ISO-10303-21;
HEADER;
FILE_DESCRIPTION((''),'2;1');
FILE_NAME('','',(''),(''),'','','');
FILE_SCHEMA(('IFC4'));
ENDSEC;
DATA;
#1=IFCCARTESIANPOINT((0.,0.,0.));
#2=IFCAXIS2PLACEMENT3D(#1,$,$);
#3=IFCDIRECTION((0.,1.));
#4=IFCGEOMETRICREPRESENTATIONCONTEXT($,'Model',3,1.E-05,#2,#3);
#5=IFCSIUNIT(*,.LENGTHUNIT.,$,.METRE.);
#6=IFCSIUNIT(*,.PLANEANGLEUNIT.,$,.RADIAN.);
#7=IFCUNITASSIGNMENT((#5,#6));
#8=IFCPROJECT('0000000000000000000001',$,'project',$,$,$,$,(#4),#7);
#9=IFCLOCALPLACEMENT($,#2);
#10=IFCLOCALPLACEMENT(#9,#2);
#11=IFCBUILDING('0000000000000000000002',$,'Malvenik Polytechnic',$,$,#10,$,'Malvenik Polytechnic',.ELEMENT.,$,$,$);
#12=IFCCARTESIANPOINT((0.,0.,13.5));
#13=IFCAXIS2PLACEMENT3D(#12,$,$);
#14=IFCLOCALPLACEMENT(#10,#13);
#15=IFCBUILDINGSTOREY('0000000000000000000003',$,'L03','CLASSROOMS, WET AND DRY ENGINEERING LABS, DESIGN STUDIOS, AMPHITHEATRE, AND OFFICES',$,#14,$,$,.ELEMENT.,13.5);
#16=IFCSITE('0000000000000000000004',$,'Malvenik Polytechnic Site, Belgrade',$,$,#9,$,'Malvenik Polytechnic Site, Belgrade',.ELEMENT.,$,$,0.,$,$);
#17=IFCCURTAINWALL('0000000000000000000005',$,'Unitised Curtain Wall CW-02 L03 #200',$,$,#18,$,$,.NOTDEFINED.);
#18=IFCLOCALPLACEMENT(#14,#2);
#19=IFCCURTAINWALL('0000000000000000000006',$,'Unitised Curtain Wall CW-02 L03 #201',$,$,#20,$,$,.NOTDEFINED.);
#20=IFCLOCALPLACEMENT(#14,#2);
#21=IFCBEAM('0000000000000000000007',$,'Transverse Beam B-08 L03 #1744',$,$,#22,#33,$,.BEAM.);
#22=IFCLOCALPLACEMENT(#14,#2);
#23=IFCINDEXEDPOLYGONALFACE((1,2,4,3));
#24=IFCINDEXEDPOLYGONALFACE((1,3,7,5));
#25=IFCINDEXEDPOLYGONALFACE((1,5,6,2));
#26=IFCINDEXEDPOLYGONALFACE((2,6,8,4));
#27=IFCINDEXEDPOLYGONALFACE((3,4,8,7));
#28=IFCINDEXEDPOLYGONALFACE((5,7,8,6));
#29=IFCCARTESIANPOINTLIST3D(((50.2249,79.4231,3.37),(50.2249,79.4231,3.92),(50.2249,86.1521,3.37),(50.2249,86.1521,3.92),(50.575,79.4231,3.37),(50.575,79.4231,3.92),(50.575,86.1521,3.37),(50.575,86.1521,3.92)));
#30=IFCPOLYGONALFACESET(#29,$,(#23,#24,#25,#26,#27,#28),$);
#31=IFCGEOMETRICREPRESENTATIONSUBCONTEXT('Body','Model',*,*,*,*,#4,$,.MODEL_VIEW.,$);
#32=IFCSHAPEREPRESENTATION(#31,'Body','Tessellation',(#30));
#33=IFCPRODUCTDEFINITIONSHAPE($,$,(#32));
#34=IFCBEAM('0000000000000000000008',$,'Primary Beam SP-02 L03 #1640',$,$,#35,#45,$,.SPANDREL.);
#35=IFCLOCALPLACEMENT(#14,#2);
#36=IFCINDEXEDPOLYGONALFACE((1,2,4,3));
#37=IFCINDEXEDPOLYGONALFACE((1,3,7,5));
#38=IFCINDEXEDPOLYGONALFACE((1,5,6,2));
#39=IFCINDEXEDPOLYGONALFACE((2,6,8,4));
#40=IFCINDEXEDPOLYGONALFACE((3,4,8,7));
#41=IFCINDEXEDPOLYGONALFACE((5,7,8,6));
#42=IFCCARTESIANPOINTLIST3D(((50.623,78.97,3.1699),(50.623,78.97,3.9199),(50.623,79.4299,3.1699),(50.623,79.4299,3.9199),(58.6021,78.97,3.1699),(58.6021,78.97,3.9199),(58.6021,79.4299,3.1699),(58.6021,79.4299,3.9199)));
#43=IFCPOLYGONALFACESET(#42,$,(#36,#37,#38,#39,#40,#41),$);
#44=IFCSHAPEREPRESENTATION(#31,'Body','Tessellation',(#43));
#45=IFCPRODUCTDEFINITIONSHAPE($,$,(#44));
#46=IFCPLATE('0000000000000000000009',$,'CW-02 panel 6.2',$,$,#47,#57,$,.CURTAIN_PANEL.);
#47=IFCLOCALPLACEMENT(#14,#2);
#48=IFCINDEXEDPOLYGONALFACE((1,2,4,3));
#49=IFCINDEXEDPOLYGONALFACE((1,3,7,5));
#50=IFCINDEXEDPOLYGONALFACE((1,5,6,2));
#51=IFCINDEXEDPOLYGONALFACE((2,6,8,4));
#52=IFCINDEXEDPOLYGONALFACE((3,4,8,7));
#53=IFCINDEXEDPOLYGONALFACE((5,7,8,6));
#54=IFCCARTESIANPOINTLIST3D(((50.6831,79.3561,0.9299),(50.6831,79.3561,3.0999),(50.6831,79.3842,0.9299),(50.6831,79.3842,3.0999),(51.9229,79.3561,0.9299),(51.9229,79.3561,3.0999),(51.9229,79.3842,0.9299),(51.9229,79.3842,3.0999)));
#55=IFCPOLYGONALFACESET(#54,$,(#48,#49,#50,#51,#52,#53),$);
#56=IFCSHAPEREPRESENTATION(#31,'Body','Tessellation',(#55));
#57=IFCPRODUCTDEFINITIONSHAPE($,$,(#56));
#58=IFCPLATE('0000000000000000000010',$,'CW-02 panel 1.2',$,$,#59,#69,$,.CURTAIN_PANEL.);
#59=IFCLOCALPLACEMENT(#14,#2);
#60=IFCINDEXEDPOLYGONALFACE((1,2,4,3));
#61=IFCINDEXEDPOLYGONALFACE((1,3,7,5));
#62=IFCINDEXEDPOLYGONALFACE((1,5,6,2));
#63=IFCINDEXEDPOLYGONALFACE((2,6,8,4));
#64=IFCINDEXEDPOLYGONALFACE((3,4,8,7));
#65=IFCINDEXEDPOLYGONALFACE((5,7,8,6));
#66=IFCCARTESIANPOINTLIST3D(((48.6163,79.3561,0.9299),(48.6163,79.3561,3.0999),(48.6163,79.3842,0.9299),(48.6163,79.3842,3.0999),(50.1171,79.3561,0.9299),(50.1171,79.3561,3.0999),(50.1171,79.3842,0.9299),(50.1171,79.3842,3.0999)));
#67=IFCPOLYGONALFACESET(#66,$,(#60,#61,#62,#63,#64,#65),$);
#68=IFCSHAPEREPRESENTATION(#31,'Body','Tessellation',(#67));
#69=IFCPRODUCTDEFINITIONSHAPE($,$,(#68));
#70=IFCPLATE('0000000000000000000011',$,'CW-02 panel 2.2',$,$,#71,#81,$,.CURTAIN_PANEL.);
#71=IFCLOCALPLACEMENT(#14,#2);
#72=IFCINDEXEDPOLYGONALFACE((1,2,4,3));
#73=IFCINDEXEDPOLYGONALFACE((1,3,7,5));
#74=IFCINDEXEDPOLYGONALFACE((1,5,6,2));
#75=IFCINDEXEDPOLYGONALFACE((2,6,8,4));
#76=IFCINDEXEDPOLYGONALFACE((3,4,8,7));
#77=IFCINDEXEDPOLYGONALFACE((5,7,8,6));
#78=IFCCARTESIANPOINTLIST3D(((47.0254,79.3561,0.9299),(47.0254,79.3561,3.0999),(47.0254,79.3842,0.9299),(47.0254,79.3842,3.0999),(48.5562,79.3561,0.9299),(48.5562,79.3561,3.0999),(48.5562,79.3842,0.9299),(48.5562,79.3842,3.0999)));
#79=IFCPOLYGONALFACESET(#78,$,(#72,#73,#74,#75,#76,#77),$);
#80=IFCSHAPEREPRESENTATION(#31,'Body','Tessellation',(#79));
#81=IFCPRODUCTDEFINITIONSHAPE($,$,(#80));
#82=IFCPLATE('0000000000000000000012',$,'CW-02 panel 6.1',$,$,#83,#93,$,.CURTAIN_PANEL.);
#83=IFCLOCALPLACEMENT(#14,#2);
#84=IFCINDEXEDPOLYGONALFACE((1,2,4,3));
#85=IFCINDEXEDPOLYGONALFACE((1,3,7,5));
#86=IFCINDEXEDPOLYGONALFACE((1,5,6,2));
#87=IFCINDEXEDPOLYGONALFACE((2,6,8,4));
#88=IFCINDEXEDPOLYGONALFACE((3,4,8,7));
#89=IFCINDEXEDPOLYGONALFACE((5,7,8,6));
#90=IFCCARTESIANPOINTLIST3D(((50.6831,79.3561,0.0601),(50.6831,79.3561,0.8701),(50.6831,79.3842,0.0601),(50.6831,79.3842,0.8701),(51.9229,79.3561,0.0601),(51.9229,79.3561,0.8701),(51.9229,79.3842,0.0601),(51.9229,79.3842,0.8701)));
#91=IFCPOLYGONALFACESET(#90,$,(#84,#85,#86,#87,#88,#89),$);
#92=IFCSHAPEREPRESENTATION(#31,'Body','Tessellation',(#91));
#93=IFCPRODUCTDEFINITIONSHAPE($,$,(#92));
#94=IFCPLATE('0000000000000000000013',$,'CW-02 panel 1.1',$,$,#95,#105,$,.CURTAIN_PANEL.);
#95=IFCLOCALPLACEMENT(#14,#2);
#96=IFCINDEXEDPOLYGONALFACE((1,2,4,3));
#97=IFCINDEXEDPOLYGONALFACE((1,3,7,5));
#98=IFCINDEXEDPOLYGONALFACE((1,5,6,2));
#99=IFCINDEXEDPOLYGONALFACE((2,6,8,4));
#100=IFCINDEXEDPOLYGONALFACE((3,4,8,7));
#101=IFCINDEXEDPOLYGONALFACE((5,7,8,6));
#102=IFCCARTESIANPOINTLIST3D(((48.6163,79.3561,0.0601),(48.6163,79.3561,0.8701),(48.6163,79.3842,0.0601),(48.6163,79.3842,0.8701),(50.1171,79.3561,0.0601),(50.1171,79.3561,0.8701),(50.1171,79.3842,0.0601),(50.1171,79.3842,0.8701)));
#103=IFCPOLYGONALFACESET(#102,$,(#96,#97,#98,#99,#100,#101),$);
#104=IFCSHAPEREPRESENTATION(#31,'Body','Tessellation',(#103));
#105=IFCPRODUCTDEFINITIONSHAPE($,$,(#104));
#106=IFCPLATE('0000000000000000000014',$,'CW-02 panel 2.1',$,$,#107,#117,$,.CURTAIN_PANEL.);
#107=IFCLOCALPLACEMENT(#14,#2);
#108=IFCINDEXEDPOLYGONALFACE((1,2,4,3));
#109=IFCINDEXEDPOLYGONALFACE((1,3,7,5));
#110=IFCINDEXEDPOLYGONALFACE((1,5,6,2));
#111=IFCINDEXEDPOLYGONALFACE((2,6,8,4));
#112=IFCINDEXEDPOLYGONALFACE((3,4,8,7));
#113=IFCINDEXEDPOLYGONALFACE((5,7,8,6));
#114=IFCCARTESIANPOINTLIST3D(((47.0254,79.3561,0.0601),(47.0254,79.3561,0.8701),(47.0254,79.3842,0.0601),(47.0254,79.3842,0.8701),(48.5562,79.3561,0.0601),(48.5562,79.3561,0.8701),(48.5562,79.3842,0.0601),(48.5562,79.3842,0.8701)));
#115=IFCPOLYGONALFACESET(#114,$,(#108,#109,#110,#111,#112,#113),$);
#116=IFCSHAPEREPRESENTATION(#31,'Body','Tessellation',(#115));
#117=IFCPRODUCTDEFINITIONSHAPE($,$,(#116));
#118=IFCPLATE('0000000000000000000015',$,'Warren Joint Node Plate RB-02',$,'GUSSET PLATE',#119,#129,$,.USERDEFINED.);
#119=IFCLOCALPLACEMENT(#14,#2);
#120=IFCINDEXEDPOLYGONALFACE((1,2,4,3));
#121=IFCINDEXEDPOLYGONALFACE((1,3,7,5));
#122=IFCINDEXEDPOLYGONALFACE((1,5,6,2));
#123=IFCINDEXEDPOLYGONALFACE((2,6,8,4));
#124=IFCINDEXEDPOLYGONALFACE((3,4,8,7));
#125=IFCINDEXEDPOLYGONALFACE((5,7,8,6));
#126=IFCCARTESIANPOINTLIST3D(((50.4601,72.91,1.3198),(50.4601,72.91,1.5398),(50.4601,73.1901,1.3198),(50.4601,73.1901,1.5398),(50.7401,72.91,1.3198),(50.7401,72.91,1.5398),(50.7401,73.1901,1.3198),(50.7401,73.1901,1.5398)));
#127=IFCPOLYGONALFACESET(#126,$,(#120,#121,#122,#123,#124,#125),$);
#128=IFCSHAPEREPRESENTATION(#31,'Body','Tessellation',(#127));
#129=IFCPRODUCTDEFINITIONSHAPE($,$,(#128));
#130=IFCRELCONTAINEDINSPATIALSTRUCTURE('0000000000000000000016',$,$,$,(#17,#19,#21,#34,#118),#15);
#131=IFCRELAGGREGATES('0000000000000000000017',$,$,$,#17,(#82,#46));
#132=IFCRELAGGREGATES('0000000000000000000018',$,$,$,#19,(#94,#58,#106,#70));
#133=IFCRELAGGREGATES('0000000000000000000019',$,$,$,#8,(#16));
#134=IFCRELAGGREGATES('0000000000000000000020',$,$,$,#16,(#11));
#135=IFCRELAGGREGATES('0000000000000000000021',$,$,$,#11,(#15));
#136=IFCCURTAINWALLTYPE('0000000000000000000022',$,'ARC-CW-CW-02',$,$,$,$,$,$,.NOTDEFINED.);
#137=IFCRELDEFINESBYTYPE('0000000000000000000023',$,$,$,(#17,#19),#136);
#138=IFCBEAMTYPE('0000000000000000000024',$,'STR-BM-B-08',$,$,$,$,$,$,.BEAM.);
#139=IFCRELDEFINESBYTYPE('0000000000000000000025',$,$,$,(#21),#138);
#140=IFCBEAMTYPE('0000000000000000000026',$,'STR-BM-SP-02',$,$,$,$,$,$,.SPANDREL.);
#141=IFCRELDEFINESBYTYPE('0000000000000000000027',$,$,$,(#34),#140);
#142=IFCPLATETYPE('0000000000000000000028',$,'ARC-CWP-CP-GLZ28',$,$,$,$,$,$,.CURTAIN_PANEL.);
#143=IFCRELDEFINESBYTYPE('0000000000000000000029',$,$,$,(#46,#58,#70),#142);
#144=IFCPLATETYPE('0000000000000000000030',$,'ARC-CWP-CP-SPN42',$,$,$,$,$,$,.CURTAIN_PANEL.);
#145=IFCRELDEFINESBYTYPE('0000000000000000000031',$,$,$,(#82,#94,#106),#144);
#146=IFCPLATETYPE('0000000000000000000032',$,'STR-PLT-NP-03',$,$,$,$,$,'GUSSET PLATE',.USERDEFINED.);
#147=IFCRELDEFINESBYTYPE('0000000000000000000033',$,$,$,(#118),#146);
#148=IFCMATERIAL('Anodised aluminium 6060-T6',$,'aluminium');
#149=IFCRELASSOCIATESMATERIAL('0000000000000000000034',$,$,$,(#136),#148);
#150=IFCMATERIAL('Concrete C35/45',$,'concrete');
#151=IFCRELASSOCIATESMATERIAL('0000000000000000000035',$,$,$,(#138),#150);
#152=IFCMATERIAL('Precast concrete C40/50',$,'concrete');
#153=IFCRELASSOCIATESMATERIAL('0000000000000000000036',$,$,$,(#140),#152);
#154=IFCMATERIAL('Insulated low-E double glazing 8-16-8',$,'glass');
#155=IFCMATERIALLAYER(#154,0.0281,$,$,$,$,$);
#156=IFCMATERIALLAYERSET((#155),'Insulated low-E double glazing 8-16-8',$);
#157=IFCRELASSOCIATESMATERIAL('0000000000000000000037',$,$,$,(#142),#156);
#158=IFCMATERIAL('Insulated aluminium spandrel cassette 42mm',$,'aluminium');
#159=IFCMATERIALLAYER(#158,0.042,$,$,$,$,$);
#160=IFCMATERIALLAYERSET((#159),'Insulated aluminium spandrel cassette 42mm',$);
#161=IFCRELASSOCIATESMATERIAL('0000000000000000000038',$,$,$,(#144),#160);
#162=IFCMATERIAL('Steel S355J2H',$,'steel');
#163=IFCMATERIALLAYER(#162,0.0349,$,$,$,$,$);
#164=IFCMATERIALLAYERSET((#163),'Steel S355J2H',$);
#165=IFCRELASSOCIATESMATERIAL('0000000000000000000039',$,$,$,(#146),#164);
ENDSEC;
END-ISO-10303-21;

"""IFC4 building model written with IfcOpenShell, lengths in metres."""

from ifc_helpers import new_model, si_unit, direction, frame, origin, origin_2d, place, context, subcontext, project, spatial, rectangle, extrude, material, layer, layer_set, material_profile, profile_set, type_object, element, aggregate, save


model = new_model("IFC4")

# Units and contexts
model_context = context("Model", 3, precision=1e-05, world=origin(), true_north=direction((0.0, 1.0)))
body_context = subcontext(model_context, "Body", "Model", "MODEL_VIEW")
ifc_project = project(units=[si_unit("LENGTHUNIT", "METRE"), si_unit("PLANEANGLEUNIT", "RADIAN")], contexts=[model_context])

# Site, building, storey
site_placement = place(None, origin())
site = spatial("IfcSite", under=ifc_project, at=site_placement, Name="Malvenik Polytechnic Site, Belgrade", LongName="Malvenik Polytechnic Site, Belgrade", CompositionType="ELEMENT", RefElevation=0.0)
building_placement = place(site_placement, origin())
building = spatial("IfcBuilding", under=site, at=building_placement, Name="Malvenik Polytechnic", LongName="Malvenik Polytechnic", CompositionType="ELEMENT")
storey_placement = place(building_placement, frame((0.0, 0.0, 13.5)))
storey = spatial("IfcBuildingStorey", under=building, at=storey_placement, Name="L03", Description="CLASSROOMS, WET AND DRY ENGINEERING LABS, DESIGN STUDIOS, AMPHITHEATRE, AND OFFICES", CompositionType="ELEMENT", Elevation=13.5)

# Shared definitions
ifc_material_1 = material(Name="Concrete C35/45", Category="concrete")

# Curtain wall
ifc_material_2 = material(Name="Anodised aluminium 6060-T6", Category="aluminium")
curtain_wall_type = type_object("IfcCurtainWallType", Name="ARC-CW-CW-02", PredefinedType="NOTDEFINED", material=ifc_material_2)
curtain_wall_1_placement = place(storey_placement, origin())
curtain_wall_1 = element("IfcCurtainWall", 1, at=curtain_wall_1_placement, inside=storey, type_object=curtain_wall_type, Name="Unitised Curtain Wall CW-02 L03 #200", PredefinedType="NOTDEFINED")

# Curtain wall
curtain_wall_2_placement = place(storey_placement, origin())
curtain_wall_2 = element("IfcCurtainWall", 2, at=curtain_wall_2_placement, inside=storey, type_object=curtain_wall_type, Name="Unitised Curtain Wall CW-02 L03 #201", PredefinedType="NOTDEFINED")

# Beams
ifc_material_profile_1 = material_profile(ifc_material_1, rectangle(XDim=0.3501, YDim=0.55, at=origin_2d()), Name="RC BM 350x550")
ifc_profile_set_1 = profile_set([ifc_material_profile_1], Name="Concrete C35/45")
beam_type_1 = type_object("IfcBeamType", Name="STR-BM-B-08", PredefinedType="BEAM", material=ifc_profile_set_1)
beam_1_placement = place(storey_placement, frame((50.3999, 79.4231, 3.645), z_axis=(0.0, 1.0, 0.0), x_axis=(-1.0, 0.0, 0.0)))
element("IfcBeam", 3, at=beam_1_placement, inside=storey, type_object=beam_type_1, Name="Transverse Beam B-08 L03 #1744", PredefinedType="BEAM", context=body_context, shape_type="SweptSolid", body=[
    extrude(rectangle(XDim=0.3501, YDim=0.55, at=origin_2d()), origin(), (0.0, 0.0, 1.0), 6.729),
])
ifc_material_3 = material(Name="Precast concrete C40/50", Category="concrete")
ifc_material_profile_2 = material_profile(ifc_material_3, rectangle(XDim=0.46, YDim=0.75, at=origin_2d()), Name="PC SPN 460x750")
ifc_profile_set_2 = profile_set([ifc_material_profile_2], Name="Precast concrete C40/50")
beam_type_2 = type_object("IfcBeamType", Name="STR-BM-SP-02", PredefinedType="SPANDREL", material=ifc_profile_set_2)
beam_2_placement = place(storey_placement, frame((50.623, 79.2, 3.5449), z_axis=(1.0, 0.0, 0.0), x_axis=(0.0, 1.0, 0.0)))
element("IfcBeam", 4, at=beam_2_placement, inside=storey, type_object=beam_type_2, Name="Primary Beam SP-02 L03 #1640", PredefinedType="SPANDREL", context=body_context, shape_type="SweptSolid", body=[
    extrude(rectangle(XDim=0.46, YDim=0.75, at=origin_2d()), origin(), (0.0, 0.0, 1.0), 7.979),
])

# Plates
ifc_material_4 = material(Name="Insulated low-E double glazing 8-16-8", Category="glass")
ifc_layer_1 = layer(ifc_material_4, 0.0281)
ifc_layer_set_1 = layer_set([ifc_layer_1], Name="Insulated low-E double glazing 8-16-8")
plate_type_1 = type_object("IfcPlateType", Name="ARC-CWP-CP-GLZ28", PredefinedType="CURTAIN_PANEL", material=ifc_layer_set_1)
plate_1_placement = place(storey_placement, frame((51.303, 79.3701, 0.9299), z_axis=(0.0, 0.0, 1.0), x_axis=(-1.0, 0.0, 0.0)))
plate_1 = element("IfcPlate", 5, at=plate_1_placement, type_object=plate_type_1, Name="CW-02 panel 6.2", PredefinedType="CURTAIN_PANEL", context=body_context, shape_type="SweptSolid", body=[
    extrude(rectangle(XDim=1.2397, YDim=0.0281, at=origin_2d()), origin(), (0.0, 0.0, 1.0), 2.1699),
])
plate_2_placement = place(storey_placement, frame((49.3667, 79.3701, 0.9299), z_axis=(0.0, 0.0, 1.0), x_axis=(-1.0, 0.0, 0.0)))
plate_2 = element("IfcPlate", 6, at=plate_2_placement, type_object=plate_type_1, Name="CW-02 panel 1.2", PredefinedType="CURTAIN_PANEL", context=body_context, shape_type="SweptSolid", body=[
    extrude(rectangle(XDim=1.5007, YDim=0.0281, at=origin_2d()), origin(), (0.0, 0.0, 1.0), 2.1699),
])
plate_3_placement = place(storey_placement, frame((47.7908, 79.3701, 0.9299), z_axis=(0.0, 0.0, 1.0), x_axis=(-1.0, 0.0, 0.0)))
plate_3 = element("IfcPlate", 7, at=plate_3_placement, type_object=plate_type_1, Name="CW-02 panel 2.2", PredefinedType="CURTAIN_PANEL", context=body_context, shape_type="SweptSolid", body=[
    extrude(rectangle(XDim=1.5308, YDim=0.0281, at=origin_2d()), origin(), (0.0, 0.0, 1.0), 2.1699),
])
ifc_material_5 = material(Name="Insulated aluminium spandrel cassette 42mm", Category="aluminium")
ifc_layer_2 = layer(ifc_material_5, 0.042)
ifc_layer_set_2 = layer_set([ifc_layer_2], Name="Insulated aluminium spandrel cassette 42mm")
plate_type_2 = type_object("IfcPlateType", Name="ARC-CWP-CP-SPN42", PredefinedType="CURTAIN_PANEL", material=ifc_layer_set_2)
plate_4_placement = place(storey_placement, frame((51.303, 79.3701, 0.0601), z_axis=(0.0, 0.0, 1.0), x_axis=(-1.0, 0.0, 0.0)))
plate_4 = element("IfcPlate", 8, at=plate_4_placement, type_object=plate_type_2, Name="CW-02 panel 6.1", PredefinedType="CURTAIN_PANEL", context=body_context, shape_type="SweptSolid", body=[
    extrude(rectangle(XDim=1.2397, YDim=0.0281, at=origin_2d()), origin(), (0.0, 0.0, 1.0), 0.8101),
])
aggregate(curtain_wall_1, [plate_4, plate_1])
plate_5_placement = place(storey_placement, frame((49.3667, 79.3701, 0.0601), z_axis=(0.0, 0.0, 1.0), x_axis=(-1.0, 0.0, 0.0)))
plate_5 = element("IfcPlate", 9, at=plate_5_placement, type_object=plate_type_2, Name="CW-02 panel 1.1", PredefinedType="CURTAIN_PANEL", context=body_context, shape_type="SweptSolid", body=[
    extrude(rectangle(XDim=1.5007, YDim=0.0281, at=origin_2d()), origin(), (0.0, 0.0, 1.0), 0.8101),
])
plate_6_placement = place(storey_placement, frame((47.7908, 79.3701, 0.0601), z_axis=(0.0, 0.0, 1.0), x_axis=(-1.0, 0.0, 0.0)))
plate_6 = element("IfcPlate", 10, at=plate_6_placement, type_object=plate_type_2, Name="CW-02 panel 2.1", PredefinedType="CURTAIN_PANEL", context=body_context, shape_type="SweptSolid", body=[
    extrude(rectangle(XDim=1.5308, YDim=0.0281, at=origin_2d()), origin(), (0.0, 0.0, 1.0), 0.8101),
])
aggregate(curtain_wall_2, [plate_5, plate_2, plate_6, plate_3])
ifc_material_6 = material(Name="Steel S355J2H", Category="steel")
ifc_layer_3 = layer(ifc_material_6, 0.0349)
ifc_layer_set_3 = layer_set([ifc_layer_3], Name="Steel S355J2H")
plate_type_3 = type_object("IfcPlateType", Name="STR-PLT-NP-03", ElementType="GUSSET PLATE", PredefinedType="USERDEFINED", material=ifc_layer_set_3)
plate_7_placement = place(storey_placement, frame((50.6001, 73.05, 1.3198), z_axis=(0.0, 0.0, 1.0), x_axis=(1.0, 0.0, 0.0)))
element("IfcPlate", 11, at=plate_7_placement, inside=storey, type_object=plate_type_3, Name="Warren Joint Node Plate RB-02", ObjectType="GUSSET PLATE", PredefinedType="USERDEFINED", context=body_context, shape_type="SweptSolid", body=[
    extrude(rectangle(XDim=0.28, YDim=0.28, at=origin_2d()), origin(), (0.0, 0.0, 1.0), 0.22),
])

save(model, "model.ifc")
